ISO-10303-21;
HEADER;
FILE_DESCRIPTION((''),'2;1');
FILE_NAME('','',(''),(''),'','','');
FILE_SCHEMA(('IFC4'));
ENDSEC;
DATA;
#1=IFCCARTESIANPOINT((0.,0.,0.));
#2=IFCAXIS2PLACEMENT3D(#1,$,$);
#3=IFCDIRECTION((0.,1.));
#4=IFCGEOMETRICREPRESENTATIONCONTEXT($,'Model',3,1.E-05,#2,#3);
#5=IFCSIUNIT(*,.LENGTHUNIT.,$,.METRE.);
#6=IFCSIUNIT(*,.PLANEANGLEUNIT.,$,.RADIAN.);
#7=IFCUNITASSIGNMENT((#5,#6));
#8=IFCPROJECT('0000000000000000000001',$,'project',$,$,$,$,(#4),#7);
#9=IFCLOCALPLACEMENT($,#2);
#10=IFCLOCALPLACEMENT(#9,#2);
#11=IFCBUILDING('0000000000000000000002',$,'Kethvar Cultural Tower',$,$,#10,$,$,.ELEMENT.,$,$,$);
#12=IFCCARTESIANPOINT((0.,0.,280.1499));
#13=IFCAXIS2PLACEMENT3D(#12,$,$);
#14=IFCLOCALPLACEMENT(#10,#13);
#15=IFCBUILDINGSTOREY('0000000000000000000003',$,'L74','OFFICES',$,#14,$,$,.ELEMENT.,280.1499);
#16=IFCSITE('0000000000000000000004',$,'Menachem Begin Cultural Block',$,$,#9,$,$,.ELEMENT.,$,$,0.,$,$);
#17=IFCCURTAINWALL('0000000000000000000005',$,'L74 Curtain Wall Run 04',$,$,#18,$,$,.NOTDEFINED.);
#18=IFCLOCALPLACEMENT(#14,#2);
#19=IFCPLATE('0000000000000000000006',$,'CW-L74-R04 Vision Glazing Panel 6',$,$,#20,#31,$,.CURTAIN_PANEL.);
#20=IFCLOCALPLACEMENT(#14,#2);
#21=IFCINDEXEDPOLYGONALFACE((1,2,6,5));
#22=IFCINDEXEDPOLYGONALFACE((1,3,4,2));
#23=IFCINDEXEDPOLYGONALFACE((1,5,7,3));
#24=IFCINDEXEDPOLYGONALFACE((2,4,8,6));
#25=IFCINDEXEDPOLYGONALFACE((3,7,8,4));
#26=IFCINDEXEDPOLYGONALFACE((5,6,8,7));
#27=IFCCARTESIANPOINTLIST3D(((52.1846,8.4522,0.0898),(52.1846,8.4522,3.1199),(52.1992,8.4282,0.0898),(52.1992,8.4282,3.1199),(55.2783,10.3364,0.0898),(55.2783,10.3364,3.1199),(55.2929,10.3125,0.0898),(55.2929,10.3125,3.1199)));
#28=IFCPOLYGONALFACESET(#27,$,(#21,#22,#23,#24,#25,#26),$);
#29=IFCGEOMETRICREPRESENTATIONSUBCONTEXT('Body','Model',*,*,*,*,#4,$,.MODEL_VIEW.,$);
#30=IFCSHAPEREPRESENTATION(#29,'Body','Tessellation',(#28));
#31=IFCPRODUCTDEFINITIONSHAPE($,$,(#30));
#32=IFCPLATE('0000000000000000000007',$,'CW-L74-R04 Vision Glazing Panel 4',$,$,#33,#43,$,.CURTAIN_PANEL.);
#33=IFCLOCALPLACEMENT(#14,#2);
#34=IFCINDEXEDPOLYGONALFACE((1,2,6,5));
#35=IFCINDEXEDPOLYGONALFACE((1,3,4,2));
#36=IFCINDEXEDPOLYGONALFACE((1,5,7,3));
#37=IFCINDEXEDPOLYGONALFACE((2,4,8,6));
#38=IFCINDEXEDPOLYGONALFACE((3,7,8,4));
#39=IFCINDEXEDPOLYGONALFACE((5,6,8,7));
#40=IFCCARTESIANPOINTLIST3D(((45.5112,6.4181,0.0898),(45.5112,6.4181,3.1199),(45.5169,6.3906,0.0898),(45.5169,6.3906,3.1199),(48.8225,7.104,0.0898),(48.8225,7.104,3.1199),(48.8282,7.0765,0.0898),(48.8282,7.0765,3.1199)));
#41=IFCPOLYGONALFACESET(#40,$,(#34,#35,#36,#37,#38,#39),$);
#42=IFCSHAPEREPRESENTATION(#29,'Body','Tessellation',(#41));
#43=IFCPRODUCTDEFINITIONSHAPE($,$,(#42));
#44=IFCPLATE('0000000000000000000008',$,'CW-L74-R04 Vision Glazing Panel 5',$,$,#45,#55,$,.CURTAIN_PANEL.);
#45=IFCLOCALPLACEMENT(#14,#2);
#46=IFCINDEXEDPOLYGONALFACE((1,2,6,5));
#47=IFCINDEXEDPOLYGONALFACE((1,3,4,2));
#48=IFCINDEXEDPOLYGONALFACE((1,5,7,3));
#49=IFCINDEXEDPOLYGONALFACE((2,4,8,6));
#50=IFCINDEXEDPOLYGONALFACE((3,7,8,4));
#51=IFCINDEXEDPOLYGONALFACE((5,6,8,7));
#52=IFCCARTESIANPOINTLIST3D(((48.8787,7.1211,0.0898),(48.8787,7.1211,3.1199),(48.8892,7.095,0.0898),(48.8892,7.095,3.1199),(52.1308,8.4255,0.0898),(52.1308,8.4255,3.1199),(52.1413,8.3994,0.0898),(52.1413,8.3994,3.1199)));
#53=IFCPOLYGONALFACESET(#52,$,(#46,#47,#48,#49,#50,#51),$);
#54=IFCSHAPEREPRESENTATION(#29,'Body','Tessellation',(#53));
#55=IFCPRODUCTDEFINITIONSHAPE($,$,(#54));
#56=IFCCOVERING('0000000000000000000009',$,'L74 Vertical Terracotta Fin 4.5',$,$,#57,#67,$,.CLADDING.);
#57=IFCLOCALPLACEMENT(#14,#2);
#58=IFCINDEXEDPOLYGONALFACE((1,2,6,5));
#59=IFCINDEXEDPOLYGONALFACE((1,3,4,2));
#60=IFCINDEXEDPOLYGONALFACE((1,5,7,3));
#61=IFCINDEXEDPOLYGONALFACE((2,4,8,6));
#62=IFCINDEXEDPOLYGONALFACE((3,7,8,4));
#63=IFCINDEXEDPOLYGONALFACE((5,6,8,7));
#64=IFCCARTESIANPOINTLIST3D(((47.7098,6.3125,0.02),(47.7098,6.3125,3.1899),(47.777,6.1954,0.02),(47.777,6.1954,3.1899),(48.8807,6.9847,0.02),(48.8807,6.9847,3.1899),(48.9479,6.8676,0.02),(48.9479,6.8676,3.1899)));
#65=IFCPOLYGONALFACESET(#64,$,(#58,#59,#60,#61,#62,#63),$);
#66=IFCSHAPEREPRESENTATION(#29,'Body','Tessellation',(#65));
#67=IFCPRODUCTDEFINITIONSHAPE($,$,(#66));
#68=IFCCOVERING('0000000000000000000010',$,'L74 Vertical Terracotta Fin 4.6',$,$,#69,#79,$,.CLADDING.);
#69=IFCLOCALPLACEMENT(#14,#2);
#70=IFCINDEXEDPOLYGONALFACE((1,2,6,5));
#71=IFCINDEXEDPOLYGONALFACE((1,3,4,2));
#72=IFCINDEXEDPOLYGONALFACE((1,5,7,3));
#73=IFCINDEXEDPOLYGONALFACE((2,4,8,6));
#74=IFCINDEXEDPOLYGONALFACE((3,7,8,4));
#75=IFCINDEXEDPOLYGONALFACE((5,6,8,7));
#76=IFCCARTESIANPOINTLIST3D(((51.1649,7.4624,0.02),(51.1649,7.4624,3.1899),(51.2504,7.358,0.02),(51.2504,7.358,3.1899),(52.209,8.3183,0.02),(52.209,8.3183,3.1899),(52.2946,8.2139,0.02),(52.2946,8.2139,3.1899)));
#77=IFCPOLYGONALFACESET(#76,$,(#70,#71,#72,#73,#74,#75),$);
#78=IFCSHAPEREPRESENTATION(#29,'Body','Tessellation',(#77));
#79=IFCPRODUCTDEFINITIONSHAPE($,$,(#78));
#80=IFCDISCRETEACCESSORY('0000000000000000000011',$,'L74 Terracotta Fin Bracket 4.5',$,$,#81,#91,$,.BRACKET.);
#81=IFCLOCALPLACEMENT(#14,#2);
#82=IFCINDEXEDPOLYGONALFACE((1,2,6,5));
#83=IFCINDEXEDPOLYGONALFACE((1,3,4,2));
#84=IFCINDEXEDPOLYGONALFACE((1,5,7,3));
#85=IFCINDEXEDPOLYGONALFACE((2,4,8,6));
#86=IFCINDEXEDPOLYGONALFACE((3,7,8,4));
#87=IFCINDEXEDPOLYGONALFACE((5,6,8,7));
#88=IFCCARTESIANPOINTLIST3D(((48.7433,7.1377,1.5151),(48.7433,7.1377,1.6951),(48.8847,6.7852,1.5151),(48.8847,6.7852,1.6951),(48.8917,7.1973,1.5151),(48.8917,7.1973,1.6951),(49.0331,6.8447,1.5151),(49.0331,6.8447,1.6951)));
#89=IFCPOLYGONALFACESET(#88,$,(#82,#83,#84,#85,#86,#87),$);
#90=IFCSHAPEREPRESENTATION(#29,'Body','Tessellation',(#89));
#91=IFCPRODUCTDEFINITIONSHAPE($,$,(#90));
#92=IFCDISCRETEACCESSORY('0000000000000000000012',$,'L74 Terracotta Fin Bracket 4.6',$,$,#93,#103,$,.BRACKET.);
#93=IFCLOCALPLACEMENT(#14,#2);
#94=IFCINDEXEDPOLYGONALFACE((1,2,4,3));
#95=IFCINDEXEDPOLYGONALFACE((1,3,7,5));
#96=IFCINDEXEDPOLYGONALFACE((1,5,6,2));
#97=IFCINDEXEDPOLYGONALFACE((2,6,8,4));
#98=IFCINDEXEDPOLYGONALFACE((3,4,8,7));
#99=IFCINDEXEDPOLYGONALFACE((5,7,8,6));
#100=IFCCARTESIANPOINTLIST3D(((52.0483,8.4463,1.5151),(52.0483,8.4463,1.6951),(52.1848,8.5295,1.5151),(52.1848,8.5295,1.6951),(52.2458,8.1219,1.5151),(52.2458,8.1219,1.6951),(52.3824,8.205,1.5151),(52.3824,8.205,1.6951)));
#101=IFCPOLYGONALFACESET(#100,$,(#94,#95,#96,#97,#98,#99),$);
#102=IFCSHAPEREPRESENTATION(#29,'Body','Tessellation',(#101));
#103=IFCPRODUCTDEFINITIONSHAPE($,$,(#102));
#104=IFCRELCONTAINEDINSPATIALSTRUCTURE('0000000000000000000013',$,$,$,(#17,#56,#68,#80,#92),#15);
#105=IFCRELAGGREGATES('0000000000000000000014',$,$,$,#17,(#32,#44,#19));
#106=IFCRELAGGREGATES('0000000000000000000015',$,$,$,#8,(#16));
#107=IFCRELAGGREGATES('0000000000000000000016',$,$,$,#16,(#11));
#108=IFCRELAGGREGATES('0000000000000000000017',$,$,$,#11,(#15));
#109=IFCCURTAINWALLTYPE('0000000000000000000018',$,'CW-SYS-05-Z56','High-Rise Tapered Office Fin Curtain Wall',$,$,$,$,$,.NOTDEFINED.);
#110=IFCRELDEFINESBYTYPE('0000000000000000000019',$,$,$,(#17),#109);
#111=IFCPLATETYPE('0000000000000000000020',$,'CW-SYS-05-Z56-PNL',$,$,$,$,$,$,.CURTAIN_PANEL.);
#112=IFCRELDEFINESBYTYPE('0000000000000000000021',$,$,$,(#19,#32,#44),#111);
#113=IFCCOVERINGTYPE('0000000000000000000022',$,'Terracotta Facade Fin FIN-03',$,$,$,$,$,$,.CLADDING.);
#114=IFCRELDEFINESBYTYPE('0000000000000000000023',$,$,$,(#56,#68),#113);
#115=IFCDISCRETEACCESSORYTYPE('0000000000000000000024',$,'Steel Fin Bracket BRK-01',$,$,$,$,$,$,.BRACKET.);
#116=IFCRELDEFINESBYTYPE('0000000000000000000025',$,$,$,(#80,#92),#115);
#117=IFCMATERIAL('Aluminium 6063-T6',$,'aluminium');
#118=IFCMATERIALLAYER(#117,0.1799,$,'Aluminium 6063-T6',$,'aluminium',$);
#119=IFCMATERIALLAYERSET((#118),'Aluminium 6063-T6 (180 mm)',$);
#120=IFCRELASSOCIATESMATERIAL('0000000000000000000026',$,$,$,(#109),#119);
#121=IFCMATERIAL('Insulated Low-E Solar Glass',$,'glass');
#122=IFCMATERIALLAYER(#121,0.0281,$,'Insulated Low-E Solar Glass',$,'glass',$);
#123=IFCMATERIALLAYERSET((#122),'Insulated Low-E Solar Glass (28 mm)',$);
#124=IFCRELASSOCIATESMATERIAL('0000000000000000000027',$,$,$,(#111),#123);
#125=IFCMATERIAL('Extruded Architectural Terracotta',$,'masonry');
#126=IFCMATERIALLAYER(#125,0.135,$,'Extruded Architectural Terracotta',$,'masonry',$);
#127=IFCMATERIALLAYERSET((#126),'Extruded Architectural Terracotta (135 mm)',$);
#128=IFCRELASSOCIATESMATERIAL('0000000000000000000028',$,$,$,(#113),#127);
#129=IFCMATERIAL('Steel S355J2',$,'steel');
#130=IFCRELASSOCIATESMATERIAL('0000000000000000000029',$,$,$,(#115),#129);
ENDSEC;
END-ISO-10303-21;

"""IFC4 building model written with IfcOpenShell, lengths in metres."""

from ifc_helpers import new_model, si_unit, direction, frame, origin, origin_2d, place, context, subcontext, project, spatial, rectangle, extrude, source, transform, mapped, material, layer, layer_set, type_object, element, aggregate, save


model = new_model("IFC4")

# Units and contexts
model_context = context("Model", 3, precision=1e-05, world=origin(), true_north=direction((0.0, 1.0)))
body_context = subcontext(model_context, "Body", "Model", "MODEL_VIEW")
ifc_project = project(units=[si_unit("LENGTHUNIT", "METRE"), si_unit("PLANEANGLEUNIT", "RADIAN")], contexts=[model_context])

# Site, building, storey
site_placement = place(None, origin())
site = spatial("IfcSite", under=ifc_project, at=site_placement, Name="Menachem Begin Cultural Block", CompositionType="ELEMENT", RefElevation=0.0)
building_placement = place(site_placement, origin())
building = spatial("IfcBuilding", under=site, at=building_placement, Name="Kethvar Cultural Tower", CompositionType="ELEMENT")
storey_placement = place(building_placement, frame((0.0, 0.0, 280.1499)))
storey = spatial("IfcBuildingStorey", under=building, at=storey_placement, Name="L74", Description="OFFICES", CompositionType="ELEMENT", Elevation=280.1499)

# Shared definitions
ifc_material_1 = material(Name="Steel S355J2", Category="steel")

# Curtain wall, plates
ifc_material_2 = material(Name="Aluminium 6063-T6", Category="aluminium")
ifc_layer_1 = layer(ifc_material_2, 0.1799, Name="Aluminium 6063-T6", Category="aluminium")
ifc_layer_set_1 = layer_set([ifc_layer_1], Name="Aluminium 6063-T6 (180 mm)")
curtain_wall_type = type_object("IfcCurtainWallType", Name="CW-SYS-05-Z56", Description="High-Rise Tapered Office Fin Curtain Wall", PredefinedType="NOTDEFINED", material=ifc_layer_set_1)
curtain_wall_placement = place(storey_placement, origin())
curtain_wall = element("IfcCurtainWall", 1, at=curtain_wall_placement, inside=storey, type_object=curtain_wall_type, Name="L74 Curtain Wall Run 04", PredefinedType="NOTDEFINED")
ifc_material_3 = material(Name="Insulated Low-E Solar Glass", Category="glass")
ifc_layer_2 = layer(ifc_material_3, 0.0281, Name="Insulated Low-E Solar Glass", Category="glass")
ifc_layer_set_2 = layer_set([ifc_layer_2], Name="Insulated Low-E Solar Glass (28 mm)")
plate_type = type_object("IfcPlateType", Name="CW-SYS-05-Z56-PNL", PredefinedType="CURTAIN_PANEL", material=ifc_layer_set_2)
shared_shape_1 = source(origin(), body_context, "Body", "SweptSolid", [
    extrude(rectangle(XDim=3.6223, YDim=0.0281, at=origin_2d()), origin(), (0.0, 0.0, 1.0), 3.03),
])
plate_1_placement = place(storey_placement, frame((53.7388, 9.3823, 0.0898), z_axis=(0.0, 0.0, 1.0), x_axis=(0.85406, 0.520175, 0.0)))
plate_1 = element("IfcPlate", 2, at=plate_1_placement, type_object=plate_type, Name="CW-L74-R04 Vision Glazing Panel 6", PredefinedType="CURTAIN_PANEL", context=body_context, shape_type="MappedRepresentation", body=[
    mapped(shared_shape_1, transform((0.0, 0.0, 0.0), scale=1.0)),
])
shared_shape_2 = source(origin(), body_context, "Body", "SweptSolid", [
    extrude(rectangle(XDim=3.3816, YDim=0.0281, at=origin_2d()), origin(), (0.0, 0.0, 1.0), 3.03),
])
plate_2_placement = place(storey_placement, frame((47.1697, 6.7473, 0.0898), z_axis=(0.0, 0.0, 1.0), x_axis=(0.979212, 0.202839, 0.0)))
plate_2 = element("IfcPlate", 3, at=plate_2_placement, type_object=plate_type, Name="CW-L74-R04 Vision Glazing Panel 4", PredefinedType="CURTAIN_PANEL", context=body_context, shape_type="MappedRepresentation", body=[
    mapped(shared_shape_2, transform((0.0, 0.0, 0.0), scale=1.0)),
])
shared_shape_3 = source(origin(), body_context, "Body", "SweptSolid", [
    extrude(rectangle(XDim=3.5039, YDim=0.0281, at=origin_2d()), origin(), (0.0, 0.0, 1.0), 3.03),
])
plate_3_placement = place(storey_placement, frame((50.51, 7.7603, 0.0898), z_axis=(0.0, 0.0, 1.0), x_axis=(0.928129, 0.372259, 0.0)))
plate_3 = element("IfcPlate", 4, at=plate_3_placement, type_object=plate_type, Name="CW-L74-R04 Vision Glazing Panel 5", PredefinedType="CURTAIN_PANEL", context=body_context, shape_type="MappedRepresentation", body=[
    mapped(shared_shape_3, transform((0.0, 0.0, 0.0), scale=1.0)),
])
aggregate(curtain_wall, [plate_2, plate_3, plate_1])

# Coverings
ifc_material_4 = material(Name="Extruded Architectural Terracotta", Category="masonry")
ifc_layer_3 = layer(ifc_material_4, 0.135, Name="Extruded Architectural Terracotta", Category="masonry")
ifc_layer_set_3 = layer_set([ifc_layer_3], Name="Extruded Architectural Terracotta (135 mm)")
covering_type = type_object("IfcCoveringType", Name="Terracotta Facade Fin FIN-03", PredefinedType="CLADDING", material=ifc_layer_set_3)
shared_shape_4 = source(origin(), body_context, "Body", "SweptSolid", [
    extrude(rectangle(XDim=1.3501, YDim=0.135, at=origin_2d()), origin(), (0.0, 0.0, 1.0), 3.1699),
])
for number, where, z_axis, x_axis, name in (
    (5, (48.3289, 6.5901, 0.02), (0.0, 0.0, 1.0), (-0.867245, -0.497882, 0.0), "L74 Vertical Terracotta Fin 4.5"),
    (6, (51.7297, 7.8381, 0.02), (0.0, 0.0, 1.0), (-0.773398, -0.633921, 0.0), "L74 Vertical Terracotta Fin 4.6"),
):
    element("IfcCovering", number, at=place(storey_placement, frame(where, z_axis=z_axis, x_axis=x_axis)), inside=storey, type_object=covering_type, Name=name, PredefinedType="CLADDING", context=body_context, shape_type="MappedRepresentation", body=[
        mapped(shared_shape_4, transform((0.0, 0.0, 0.0), scale=1.0)),
    ])

# Discrete accessories
discrete_accessory_type = type_object("IfcDiscreteAccessoryType", Name="Steel Fin Bracket BRK-01", PredefinedType="BRACKET", material=ifc_material_1)
shared_shape_5 = source(origin(), body_context, "Body", "SweptSolid", [
    extrude(rectangle(XDim=0.3799, YDim=0.1599, at=origin_2d()), origin(), (0.0, 0.0, 1.0), 0.1799),
])
for number, where, z_axis, x_axis, name in (
    (7, (48.8882, 6.9912, 1.5151), (0.0, 0.0, 1.0), (0.37234, -0.928096, 0.0), "L74 Terracotta Fin Bracket 4.5"),
    (8, (52.2153, 8.3257, 1.5151), (0.0, 0.0, 1.0), (0.520116, -0.854096, 0.0), "L74 Terracotta Fin Bracket 4.6"),
):
    element("IfcDiscreteAccessory", number, at=place(storey_placement, frame(where, z_axis=z_axis, x_axis=x_axis)), inside=storey, type_object=discrete_accessory_type, Name=name, PredefinedType="BRACKET", context=body_context, shape_type="MappedRepresentation", body=[
        mapped(shared_shape_5, transform((0.0, 0.0, 0.0), scale=1.0)),
    ])

save(model, "model.ifc")
